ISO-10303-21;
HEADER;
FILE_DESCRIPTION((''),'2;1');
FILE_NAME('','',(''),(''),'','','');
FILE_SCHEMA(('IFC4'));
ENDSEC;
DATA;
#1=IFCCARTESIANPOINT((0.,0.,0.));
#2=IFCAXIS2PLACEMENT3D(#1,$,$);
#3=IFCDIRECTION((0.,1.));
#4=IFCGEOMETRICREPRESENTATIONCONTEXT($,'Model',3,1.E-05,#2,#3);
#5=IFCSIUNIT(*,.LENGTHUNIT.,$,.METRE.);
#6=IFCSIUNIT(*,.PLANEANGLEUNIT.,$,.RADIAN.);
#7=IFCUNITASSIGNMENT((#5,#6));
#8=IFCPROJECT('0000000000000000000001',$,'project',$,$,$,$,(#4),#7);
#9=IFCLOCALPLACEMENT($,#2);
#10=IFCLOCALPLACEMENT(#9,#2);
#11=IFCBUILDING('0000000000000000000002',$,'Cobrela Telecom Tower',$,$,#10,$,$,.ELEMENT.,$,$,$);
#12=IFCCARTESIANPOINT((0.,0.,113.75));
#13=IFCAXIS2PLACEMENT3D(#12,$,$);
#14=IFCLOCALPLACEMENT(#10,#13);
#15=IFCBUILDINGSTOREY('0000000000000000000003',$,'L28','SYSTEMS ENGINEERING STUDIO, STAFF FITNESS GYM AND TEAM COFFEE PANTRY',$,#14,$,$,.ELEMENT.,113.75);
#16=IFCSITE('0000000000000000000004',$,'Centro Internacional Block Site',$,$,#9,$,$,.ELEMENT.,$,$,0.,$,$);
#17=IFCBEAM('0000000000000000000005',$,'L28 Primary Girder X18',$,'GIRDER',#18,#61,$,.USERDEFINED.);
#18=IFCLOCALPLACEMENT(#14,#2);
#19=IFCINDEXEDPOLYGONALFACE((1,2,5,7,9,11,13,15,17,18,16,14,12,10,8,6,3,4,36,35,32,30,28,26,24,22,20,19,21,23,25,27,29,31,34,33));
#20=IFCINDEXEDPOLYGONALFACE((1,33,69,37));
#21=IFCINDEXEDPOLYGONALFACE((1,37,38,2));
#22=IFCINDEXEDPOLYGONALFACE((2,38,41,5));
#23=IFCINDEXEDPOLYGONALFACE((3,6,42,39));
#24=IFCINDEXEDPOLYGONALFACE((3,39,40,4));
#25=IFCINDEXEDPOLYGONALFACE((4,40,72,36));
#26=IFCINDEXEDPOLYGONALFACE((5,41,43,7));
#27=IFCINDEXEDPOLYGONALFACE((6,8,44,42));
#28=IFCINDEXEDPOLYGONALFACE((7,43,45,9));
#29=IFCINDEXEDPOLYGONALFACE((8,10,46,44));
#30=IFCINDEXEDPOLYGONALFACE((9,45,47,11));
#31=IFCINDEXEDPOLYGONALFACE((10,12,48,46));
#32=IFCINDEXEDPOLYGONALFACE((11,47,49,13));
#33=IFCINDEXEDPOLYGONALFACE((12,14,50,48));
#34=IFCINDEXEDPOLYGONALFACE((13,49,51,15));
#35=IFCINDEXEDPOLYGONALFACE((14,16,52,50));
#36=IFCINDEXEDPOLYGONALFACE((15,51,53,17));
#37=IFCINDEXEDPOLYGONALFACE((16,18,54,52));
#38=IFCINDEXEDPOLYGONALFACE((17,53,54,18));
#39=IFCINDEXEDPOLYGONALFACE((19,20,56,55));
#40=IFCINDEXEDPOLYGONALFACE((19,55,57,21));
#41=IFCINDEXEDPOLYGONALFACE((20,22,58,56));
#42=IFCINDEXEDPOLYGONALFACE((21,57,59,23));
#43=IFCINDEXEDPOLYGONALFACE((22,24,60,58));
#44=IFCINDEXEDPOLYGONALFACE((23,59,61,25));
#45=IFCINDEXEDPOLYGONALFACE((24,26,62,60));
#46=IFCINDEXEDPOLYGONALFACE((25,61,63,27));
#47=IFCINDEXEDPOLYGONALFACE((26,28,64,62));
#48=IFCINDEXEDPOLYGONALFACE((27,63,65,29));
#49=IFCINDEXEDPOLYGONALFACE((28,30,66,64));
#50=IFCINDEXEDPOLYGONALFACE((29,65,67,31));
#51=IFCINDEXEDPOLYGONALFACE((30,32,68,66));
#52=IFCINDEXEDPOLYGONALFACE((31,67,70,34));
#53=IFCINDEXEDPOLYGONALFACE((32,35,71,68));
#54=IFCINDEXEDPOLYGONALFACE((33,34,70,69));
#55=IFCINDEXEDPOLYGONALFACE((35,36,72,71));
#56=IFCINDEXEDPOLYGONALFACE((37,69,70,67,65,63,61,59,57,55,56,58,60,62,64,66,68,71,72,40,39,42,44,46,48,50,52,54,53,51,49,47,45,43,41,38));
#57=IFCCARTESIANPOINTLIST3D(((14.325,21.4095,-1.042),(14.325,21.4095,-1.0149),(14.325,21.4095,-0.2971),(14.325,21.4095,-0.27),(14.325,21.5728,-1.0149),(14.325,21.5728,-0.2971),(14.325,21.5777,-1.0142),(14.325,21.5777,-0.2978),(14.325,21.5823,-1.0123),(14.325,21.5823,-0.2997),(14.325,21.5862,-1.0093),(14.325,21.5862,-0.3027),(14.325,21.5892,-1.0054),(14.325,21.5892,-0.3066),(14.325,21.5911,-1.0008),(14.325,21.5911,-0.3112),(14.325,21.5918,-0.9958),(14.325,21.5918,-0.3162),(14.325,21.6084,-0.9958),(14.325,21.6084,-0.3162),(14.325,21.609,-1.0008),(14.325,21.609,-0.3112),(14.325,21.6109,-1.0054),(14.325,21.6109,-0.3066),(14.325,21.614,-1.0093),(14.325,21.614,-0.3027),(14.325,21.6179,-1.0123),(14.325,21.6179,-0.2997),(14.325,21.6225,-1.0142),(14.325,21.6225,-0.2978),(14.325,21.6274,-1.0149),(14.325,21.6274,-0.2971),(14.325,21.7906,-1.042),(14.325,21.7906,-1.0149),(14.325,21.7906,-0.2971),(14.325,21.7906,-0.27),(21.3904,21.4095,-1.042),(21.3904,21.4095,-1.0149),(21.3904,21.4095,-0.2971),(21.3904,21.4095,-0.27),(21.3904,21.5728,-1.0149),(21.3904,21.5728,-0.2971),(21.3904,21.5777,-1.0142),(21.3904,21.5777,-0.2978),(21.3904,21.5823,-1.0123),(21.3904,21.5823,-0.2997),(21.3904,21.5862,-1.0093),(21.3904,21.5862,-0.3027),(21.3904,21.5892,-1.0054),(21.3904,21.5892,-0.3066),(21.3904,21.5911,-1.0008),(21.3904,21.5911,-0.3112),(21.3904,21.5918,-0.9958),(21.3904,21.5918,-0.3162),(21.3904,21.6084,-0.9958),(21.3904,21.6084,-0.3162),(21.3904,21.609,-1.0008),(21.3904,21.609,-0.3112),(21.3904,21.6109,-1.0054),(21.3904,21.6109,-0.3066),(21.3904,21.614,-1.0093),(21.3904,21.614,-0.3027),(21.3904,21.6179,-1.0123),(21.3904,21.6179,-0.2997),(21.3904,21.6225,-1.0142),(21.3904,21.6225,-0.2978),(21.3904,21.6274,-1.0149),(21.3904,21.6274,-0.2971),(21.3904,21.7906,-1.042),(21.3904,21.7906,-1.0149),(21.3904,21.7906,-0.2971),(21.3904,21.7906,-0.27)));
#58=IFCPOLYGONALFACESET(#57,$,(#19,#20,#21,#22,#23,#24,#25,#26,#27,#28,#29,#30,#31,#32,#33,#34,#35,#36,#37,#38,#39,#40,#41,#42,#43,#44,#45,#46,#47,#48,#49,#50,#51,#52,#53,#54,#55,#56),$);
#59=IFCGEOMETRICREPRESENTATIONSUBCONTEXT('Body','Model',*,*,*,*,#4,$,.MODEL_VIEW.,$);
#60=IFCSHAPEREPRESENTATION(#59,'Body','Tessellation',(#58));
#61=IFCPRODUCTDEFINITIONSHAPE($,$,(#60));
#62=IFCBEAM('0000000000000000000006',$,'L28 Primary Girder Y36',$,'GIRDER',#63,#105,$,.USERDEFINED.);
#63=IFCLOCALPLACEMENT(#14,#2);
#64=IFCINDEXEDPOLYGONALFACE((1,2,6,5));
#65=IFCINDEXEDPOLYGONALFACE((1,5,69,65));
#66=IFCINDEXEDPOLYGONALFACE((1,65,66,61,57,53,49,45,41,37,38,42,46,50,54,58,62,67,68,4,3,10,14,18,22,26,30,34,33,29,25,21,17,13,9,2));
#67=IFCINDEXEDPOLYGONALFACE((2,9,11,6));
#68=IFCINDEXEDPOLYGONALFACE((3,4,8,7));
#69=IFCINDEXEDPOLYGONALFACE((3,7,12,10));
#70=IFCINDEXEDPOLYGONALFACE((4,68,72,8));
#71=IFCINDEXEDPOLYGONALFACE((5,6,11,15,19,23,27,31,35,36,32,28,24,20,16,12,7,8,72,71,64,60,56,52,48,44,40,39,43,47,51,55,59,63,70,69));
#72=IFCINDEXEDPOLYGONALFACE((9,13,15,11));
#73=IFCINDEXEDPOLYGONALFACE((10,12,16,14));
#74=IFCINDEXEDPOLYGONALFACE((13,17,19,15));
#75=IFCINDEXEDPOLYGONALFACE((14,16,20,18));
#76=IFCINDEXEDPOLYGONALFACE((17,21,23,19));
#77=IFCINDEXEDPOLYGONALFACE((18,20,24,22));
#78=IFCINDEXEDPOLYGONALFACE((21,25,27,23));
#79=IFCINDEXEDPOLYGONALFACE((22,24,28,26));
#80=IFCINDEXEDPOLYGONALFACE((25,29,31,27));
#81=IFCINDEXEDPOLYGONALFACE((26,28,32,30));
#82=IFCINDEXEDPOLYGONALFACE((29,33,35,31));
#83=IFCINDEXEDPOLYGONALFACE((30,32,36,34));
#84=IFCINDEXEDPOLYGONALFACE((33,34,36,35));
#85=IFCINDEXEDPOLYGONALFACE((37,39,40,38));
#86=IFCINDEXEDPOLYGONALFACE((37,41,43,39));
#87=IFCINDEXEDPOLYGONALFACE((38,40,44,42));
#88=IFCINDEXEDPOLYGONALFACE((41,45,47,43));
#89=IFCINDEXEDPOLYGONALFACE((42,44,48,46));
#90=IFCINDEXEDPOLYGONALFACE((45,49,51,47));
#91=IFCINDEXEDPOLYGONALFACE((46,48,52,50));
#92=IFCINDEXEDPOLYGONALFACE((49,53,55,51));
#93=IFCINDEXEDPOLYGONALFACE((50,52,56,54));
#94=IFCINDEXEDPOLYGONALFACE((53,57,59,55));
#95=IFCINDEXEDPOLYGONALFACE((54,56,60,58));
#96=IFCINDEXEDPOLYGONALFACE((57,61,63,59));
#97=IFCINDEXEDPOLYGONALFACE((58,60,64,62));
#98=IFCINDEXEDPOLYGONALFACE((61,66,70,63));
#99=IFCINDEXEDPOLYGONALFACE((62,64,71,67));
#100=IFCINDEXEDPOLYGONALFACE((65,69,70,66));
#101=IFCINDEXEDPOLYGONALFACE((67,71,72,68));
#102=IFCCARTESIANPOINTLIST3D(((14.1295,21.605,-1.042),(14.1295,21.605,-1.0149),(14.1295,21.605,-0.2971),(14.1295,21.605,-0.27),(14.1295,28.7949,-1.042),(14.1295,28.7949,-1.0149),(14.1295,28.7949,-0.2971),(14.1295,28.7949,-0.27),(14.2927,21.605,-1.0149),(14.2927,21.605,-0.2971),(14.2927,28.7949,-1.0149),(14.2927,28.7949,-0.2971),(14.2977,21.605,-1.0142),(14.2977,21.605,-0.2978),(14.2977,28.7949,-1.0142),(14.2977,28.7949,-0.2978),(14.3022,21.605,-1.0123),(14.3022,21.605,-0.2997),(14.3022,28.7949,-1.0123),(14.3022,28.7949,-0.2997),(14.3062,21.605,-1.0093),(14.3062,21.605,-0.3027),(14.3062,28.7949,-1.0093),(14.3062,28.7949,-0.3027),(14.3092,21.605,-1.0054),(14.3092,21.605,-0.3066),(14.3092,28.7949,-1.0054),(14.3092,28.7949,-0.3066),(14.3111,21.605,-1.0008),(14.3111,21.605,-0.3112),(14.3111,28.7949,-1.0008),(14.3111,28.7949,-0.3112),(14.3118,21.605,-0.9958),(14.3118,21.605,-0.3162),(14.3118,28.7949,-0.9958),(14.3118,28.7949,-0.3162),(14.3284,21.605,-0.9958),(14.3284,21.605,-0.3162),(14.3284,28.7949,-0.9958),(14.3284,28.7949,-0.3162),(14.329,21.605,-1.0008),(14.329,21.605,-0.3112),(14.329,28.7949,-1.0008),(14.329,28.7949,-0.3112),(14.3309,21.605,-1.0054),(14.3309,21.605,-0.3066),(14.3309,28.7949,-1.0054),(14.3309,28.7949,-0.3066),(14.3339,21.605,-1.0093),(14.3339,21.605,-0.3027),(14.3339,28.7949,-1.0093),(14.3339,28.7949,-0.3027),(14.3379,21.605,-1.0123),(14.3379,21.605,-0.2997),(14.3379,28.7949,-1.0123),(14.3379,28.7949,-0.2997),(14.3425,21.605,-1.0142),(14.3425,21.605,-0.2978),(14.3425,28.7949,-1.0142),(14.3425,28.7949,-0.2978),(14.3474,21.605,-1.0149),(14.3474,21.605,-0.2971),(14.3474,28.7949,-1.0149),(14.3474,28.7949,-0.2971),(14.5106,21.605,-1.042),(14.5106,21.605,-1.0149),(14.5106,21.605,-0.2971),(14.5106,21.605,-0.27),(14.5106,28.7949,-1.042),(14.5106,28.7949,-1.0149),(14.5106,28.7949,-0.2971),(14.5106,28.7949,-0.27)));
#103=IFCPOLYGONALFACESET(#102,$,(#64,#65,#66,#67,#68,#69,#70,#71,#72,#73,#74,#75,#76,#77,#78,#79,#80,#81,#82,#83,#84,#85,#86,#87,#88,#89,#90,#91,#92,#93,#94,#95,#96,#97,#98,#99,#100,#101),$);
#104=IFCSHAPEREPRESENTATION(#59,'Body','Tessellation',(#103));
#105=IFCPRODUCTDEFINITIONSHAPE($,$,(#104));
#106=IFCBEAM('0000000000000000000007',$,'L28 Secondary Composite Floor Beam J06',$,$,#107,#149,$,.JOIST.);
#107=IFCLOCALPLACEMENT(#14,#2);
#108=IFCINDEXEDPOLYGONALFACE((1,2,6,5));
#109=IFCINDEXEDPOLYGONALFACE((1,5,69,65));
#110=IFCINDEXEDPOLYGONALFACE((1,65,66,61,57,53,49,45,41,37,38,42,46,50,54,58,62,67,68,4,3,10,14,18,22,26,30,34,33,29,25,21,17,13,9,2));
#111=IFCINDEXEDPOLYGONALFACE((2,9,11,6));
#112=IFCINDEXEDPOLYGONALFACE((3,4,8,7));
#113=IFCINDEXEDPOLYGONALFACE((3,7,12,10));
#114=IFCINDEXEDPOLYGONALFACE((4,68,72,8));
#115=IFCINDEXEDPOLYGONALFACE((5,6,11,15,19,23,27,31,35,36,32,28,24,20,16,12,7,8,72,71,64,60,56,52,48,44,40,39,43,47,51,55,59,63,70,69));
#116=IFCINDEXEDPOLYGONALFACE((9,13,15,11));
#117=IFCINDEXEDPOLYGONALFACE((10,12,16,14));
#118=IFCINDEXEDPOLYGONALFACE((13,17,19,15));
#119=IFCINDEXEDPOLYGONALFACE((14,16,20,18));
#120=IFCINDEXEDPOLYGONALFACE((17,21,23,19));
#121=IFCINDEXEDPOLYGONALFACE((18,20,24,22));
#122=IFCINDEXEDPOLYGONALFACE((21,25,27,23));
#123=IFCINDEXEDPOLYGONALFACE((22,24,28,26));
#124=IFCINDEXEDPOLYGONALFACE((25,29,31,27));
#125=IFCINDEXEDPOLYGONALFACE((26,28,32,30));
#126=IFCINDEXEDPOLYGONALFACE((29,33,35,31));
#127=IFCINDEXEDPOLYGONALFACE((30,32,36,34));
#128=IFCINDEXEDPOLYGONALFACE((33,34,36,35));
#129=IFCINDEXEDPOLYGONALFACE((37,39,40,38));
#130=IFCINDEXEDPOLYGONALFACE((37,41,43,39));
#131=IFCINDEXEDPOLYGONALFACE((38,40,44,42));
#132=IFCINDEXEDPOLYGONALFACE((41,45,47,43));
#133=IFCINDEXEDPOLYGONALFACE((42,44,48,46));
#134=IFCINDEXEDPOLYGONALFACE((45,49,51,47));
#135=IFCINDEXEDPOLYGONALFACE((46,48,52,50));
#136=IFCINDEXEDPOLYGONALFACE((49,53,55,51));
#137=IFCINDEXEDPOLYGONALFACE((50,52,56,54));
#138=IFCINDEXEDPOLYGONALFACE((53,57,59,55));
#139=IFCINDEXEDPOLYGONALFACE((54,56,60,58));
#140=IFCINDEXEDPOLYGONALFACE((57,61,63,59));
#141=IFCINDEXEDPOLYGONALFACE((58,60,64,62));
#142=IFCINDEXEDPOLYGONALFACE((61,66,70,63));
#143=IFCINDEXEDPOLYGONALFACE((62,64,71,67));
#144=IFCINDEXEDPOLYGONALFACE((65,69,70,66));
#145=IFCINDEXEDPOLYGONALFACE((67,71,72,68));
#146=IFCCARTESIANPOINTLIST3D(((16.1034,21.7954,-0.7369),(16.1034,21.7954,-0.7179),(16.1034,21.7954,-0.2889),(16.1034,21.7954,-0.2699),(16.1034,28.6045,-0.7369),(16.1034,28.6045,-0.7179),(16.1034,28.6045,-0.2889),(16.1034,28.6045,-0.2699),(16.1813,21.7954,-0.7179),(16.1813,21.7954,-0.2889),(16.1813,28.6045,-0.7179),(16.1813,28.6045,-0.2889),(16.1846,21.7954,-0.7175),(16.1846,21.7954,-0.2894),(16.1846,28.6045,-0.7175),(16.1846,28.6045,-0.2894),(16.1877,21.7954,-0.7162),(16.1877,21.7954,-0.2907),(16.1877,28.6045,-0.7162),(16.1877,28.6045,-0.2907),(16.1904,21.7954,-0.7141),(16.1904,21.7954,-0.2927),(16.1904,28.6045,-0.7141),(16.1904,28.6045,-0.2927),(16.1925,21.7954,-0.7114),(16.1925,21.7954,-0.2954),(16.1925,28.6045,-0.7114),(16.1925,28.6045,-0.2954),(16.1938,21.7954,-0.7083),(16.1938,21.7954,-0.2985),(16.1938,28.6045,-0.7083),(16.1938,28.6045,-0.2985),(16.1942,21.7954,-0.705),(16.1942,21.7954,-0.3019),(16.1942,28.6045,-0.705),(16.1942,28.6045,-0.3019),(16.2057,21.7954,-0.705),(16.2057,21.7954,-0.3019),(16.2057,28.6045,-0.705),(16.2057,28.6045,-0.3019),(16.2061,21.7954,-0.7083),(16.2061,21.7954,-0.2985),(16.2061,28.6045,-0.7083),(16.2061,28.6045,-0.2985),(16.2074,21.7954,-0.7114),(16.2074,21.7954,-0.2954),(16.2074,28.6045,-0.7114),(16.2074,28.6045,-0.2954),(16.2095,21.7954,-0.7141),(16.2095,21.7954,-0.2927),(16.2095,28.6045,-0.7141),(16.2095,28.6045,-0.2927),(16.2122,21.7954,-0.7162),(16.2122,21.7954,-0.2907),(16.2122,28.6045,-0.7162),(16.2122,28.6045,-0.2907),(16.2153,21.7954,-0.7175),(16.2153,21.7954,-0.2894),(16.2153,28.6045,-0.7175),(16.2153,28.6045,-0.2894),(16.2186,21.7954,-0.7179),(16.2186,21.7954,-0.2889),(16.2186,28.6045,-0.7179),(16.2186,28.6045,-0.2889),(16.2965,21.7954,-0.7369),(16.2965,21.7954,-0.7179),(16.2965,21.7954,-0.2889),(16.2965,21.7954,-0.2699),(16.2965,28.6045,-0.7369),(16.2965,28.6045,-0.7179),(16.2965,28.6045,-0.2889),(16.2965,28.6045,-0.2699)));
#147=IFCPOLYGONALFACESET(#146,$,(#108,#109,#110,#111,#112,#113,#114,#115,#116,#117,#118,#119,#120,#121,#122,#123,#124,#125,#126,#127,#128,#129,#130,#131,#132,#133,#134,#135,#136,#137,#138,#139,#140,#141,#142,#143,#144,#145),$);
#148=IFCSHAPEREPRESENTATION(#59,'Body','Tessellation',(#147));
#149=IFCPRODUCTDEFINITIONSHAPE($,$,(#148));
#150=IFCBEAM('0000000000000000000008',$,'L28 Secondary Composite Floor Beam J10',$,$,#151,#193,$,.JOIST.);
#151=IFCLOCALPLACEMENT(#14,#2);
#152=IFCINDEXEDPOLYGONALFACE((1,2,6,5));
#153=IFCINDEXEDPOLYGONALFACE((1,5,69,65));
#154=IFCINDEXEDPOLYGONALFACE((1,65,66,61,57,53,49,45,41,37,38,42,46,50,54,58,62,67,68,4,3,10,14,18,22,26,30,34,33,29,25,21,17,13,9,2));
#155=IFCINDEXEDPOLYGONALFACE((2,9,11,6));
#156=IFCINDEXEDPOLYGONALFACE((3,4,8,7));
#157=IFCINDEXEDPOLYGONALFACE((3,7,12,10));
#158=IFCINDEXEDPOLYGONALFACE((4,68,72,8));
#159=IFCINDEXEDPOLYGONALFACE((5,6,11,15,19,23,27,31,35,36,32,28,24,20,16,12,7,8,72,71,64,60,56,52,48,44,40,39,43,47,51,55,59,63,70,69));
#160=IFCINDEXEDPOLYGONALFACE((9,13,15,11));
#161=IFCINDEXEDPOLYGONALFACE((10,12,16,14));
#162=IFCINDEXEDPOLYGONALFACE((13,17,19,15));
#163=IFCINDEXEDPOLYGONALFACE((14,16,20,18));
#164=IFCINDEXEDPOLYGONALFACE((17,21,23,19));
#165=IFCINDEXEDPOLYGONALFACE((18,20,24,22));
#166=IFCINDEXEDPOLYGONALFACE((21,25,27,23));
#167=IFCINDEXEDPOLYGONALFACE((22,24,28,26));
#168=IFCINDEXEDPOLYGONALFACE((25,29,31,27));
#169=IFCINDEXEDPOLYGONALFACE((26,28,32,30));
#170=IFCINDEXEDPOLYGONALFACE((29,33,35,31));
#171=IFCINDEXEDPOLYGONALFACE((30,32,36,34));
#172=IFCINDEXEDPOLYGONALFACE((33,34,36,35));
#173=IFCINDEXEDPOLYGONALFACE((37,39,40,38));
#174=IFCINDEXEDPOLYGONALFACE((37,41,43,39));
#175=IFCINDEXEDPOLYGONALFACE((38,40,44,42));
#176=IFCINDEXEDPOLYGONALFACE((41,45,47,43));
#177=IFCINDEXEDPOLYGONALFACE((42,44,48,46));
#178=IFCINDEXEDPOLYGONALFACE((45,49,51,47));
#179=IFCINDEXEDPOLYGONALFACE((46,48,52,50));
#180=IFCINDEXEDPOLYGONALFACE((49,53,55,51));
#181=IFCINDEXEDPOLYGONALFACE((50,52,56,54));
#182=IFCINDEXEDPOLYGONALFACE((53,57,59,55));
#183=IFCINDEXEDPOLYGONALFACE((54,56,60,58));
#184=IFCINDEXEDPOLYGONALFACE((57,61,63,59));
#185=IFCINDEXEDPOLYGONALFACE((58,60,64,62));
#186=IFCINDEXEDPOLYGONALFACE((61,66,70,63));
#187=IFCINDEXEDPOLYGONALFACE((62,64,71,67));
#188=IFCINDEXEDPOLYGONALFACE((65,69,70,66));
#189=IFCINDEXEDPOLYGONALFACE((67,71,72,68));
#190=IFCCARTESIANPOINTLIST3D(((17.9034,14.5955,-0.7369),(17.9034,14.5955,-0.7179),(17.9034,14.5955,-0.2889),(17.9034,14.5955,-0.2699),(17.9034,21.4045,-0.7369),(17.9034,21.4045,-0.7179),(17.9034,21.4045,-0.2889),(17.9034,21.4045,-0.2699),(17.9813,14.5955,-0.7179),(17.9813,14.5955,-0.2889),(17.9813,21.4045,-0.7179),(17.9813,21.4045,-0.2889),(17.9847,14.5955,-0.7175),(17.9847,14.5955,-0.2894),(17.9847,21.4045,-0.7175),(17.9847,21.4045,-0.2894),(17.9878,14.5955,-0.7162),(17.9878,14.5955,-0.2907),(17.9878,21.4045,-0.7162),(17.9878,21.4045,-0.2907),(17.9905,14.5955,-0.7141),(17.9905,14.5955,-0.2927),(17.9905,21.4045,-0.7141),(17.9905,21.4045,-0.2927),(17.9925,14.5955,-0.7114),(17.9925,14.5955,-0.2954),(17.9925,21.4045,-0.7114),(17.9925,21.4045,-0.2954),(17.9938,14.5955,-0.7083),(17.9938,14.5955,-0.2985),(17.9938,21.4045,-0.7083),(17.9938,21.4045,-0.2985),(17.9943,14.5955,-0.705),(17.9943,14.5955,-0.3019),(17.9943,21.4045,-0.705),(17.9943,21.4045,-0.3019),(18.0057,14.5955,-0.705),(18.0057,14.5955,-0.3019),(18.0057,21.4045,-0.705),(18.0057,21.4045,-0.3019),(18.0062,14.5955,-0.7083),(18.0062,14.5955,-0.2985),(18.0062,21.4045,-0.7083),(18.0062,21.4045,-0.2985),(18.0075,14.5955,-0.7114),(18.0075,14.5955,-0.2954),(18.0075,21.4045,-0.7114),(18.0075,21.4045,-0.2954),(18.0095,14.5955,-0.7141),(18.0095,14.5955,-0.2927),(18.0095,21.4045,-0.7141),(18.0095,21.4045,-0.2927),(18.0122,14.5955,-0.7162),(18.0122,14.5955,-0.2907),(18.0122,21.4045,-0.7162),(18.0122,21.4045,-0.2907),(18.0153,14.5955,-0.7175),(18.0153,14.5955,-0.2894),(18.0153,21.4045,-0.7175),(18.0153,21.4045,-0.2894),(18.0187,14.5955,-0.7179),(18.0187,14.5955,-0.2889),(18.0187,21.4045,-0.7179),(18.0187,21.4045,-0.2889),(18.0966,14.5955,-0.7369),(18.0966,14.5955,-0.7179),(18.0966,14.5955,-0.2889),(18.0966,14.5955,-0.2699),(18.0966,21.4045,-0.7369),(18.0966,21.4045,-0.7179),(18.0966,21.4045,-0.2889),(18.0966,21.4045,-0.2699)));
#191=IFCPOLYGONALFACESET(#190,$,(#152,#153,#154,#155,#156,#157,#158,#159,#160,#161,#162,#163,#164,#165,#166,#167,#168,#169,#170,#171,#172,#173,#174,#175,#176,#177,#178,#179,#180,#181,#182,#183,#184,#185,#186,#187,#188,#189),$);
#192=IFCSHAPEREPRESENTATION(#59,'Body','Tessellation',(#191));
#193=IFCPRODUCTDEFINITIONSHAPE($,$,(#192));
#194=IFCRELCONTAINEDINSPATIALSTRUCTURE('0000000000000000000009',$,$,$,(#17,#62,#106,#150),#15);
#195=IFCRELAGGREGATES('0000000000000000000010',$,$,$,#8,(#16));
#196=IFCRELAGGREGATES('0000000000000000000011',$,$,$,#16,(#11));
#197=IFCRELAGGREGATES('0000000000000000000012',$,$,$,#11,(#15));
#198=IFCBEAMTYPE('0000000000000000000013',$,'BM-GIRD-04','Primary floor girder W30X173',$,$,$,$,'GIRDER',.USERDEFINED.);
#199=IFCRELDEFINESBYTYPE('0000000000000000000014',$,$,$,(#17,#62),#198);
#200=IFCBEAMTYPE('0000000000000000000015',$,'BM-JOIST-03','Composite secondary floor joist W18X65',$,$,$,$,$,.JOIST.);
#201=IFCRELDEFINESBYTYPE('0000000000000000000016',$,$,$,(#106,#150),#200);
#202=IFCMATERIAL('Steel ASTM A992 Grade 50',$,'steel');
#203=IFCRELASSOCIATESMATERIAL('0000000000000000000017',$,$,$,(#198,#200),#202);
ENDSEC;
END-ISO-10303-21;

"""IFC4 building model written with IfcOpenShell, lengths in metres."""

from ifc_helpers import new_model, si_unit, direction, frame, origin, origin_2d, place, context, subcontext, project, spatial, i_section, extrude, material, material_profile, profile_set, type_object, element, save


model = new_model("IFC4")

# Units and contexts
model_context = context("Model", 3, precision=1e-05, world=origin(), true_north=direction((0.0, 1.0)))
body_context = subcontext(model_context, "Body", "Model", "MODEL_VIEW")
ifc_project = project(units=[si_unit("LENGTHUNIT", "METRE"), si_unit("PLANEANGLEUNIT", "RADIAN")], contexts=[model_context])

# Site, building, storey
site_placement = place(None, origin())
site = spatial("IfcSite", under=ifc_project, at=site_placement, Name="Centro Internacional Block Site", CompositionType="ELEMENT", RefElevation=0.0)
building_placement = place(site_placement, origin())
building = spatial("IfcBuilding", under=site, at=building_placement, Name="Cobrela Telecom Tower", CompositionType="ELEMENT")
storey_placement = place(building_placement, frame((0.0, 0.0, 113.75)))
storey = spatial("IfcBuildingStorey", under=building, at=storey_placement, Name="L28", Description="SYSTEMS ENGINEERING STUDIO, STAFF FITNESS GYM AND TEAM COFFEE PANTRY", CompositionType="ELEMENT", Elevation=113.75)

# Beams
ifc_material_1 = material(Name="Steel ASTM A992 Grade 50", Category="steel")
ifc_material_profile_1 = material_profile(ifc_material_1, i_section(OverallWidth=0.3811, OverallDepth=0.772, WebThickness=0.0166, FlangeThickness=0.0271, FilletRadius=0.019, at=origin_2d()), Name="W30X173")
ifc_profile_set_1 = profile_set([ifc_material_profile_1], Name="Steel ASTM A992 Grade 50")
beam_type_1 = type_object("IfcBeamType", Name="BM-GIRD-04", Description="Primary floor girder W30X173", ElementType="GIRDER", PredefinedType="USERDEFINED", material=ifc_profile_set_1)
beam_1_placement = place(storey_placement, frame((14.325, 21.6001, -0.656), z_axis=(1.0, 0.0, 0.0), x_axis=(0.0, 1.0, 0.0)))
element("IfcBeam", 1, at=beam_1_placement, inside=storey, type_object=beam_type_1, Name="L28 Primary Girder X18", ObjectType="GIRDER", PredefinedType="USERDEFINED", context=body_context, shape_type="SweptSolid", body=[
    extrude(i_section(OverallWidth=0.3811, OverallDepth=0.772, WebThickness=0.0166, FlangeThickness=0.0271, FilletRadius=0.019, at=origin_2d()), origin(), (0.0, 0.0, 1.0), 7.0654),
])
beam_2_placement = place(storey_placement, frame((14.3201, 21.605, -0.656), z_axis=(0.0, 1.0, 0.0), x_axis=(-1.0, 0.0, 0.0)))
element("IfcBeam", 2, at=beam_2_placement, inside=storey, type_object=beam_type_1, Name="L28 Primary Girder Y36", ObjectType="GIRDER", PredefinedType="USERDEFINED", context=body_context, shape_type="SweptSolid", body=[
    extrude(i_section(OverallWidth=0.3811, OverallDepth=0.772, WebThickness=0.0166, FlangeThickness=0.0271, FilletRadius=0.019, at=origin_2d()), origin(), (0.0, 0.0, 1.0), 7.1899),
])
ifc_material_profile_2 = material_profile(ifc_material_1, i_section(OverallWidth=0.1931, OverallDepth=0.467, WebThickness=0.0115, FlangeThickness=0.019, FilletRadius=0.0129, at=origin_2d()), Name="W18X65")
ifc_profile_set_2 = profile_set([ifc_material_profile_2], Name="Steel ASTM A992 Grade 50")
beam_type_2 = type_object("IfcBeamType", Name="BM-JOIST-03", Description="Composite secondary floor joist W18X65", PredefinedType="JOIST", material=ifc_profile_set_2)
for number, where, z_axis, x_axis, name in (
    (3, (16.2, 21.7954, -0.5034), (0.0, 1.0, 0.0), (-1.0, 0.0, 0.0), "L28 Secondary Composite Floor Beam J06"),
    (4, (18.0, 14.5955, -0.5034), (0.0, 1.0, 0.0), (-1.0, 0.0, 0.0), "L28 Secondary Composite Floor Beam J10"),
):
    element("IfcBeam", number, at=place(storey_placement, frame(where, z_axis=z_axis, x_axis=x_axis)), inside=storey, type_object=beam_type_2, Name=name, PredefinedType="JOIST", context=body_context, shape_type="SweptSolid", body=[
        extrude(i_section(OverallWidth=0.1931, OverallDepth=0.467, WebThickness=0.0115, FlangeThickness=0.019, FilletRadius=0.0129, at=origin_2d()), origin(), (0.0, 0.0, 1.0), 6.8091),
    ])

save(model, "model.ifc")
